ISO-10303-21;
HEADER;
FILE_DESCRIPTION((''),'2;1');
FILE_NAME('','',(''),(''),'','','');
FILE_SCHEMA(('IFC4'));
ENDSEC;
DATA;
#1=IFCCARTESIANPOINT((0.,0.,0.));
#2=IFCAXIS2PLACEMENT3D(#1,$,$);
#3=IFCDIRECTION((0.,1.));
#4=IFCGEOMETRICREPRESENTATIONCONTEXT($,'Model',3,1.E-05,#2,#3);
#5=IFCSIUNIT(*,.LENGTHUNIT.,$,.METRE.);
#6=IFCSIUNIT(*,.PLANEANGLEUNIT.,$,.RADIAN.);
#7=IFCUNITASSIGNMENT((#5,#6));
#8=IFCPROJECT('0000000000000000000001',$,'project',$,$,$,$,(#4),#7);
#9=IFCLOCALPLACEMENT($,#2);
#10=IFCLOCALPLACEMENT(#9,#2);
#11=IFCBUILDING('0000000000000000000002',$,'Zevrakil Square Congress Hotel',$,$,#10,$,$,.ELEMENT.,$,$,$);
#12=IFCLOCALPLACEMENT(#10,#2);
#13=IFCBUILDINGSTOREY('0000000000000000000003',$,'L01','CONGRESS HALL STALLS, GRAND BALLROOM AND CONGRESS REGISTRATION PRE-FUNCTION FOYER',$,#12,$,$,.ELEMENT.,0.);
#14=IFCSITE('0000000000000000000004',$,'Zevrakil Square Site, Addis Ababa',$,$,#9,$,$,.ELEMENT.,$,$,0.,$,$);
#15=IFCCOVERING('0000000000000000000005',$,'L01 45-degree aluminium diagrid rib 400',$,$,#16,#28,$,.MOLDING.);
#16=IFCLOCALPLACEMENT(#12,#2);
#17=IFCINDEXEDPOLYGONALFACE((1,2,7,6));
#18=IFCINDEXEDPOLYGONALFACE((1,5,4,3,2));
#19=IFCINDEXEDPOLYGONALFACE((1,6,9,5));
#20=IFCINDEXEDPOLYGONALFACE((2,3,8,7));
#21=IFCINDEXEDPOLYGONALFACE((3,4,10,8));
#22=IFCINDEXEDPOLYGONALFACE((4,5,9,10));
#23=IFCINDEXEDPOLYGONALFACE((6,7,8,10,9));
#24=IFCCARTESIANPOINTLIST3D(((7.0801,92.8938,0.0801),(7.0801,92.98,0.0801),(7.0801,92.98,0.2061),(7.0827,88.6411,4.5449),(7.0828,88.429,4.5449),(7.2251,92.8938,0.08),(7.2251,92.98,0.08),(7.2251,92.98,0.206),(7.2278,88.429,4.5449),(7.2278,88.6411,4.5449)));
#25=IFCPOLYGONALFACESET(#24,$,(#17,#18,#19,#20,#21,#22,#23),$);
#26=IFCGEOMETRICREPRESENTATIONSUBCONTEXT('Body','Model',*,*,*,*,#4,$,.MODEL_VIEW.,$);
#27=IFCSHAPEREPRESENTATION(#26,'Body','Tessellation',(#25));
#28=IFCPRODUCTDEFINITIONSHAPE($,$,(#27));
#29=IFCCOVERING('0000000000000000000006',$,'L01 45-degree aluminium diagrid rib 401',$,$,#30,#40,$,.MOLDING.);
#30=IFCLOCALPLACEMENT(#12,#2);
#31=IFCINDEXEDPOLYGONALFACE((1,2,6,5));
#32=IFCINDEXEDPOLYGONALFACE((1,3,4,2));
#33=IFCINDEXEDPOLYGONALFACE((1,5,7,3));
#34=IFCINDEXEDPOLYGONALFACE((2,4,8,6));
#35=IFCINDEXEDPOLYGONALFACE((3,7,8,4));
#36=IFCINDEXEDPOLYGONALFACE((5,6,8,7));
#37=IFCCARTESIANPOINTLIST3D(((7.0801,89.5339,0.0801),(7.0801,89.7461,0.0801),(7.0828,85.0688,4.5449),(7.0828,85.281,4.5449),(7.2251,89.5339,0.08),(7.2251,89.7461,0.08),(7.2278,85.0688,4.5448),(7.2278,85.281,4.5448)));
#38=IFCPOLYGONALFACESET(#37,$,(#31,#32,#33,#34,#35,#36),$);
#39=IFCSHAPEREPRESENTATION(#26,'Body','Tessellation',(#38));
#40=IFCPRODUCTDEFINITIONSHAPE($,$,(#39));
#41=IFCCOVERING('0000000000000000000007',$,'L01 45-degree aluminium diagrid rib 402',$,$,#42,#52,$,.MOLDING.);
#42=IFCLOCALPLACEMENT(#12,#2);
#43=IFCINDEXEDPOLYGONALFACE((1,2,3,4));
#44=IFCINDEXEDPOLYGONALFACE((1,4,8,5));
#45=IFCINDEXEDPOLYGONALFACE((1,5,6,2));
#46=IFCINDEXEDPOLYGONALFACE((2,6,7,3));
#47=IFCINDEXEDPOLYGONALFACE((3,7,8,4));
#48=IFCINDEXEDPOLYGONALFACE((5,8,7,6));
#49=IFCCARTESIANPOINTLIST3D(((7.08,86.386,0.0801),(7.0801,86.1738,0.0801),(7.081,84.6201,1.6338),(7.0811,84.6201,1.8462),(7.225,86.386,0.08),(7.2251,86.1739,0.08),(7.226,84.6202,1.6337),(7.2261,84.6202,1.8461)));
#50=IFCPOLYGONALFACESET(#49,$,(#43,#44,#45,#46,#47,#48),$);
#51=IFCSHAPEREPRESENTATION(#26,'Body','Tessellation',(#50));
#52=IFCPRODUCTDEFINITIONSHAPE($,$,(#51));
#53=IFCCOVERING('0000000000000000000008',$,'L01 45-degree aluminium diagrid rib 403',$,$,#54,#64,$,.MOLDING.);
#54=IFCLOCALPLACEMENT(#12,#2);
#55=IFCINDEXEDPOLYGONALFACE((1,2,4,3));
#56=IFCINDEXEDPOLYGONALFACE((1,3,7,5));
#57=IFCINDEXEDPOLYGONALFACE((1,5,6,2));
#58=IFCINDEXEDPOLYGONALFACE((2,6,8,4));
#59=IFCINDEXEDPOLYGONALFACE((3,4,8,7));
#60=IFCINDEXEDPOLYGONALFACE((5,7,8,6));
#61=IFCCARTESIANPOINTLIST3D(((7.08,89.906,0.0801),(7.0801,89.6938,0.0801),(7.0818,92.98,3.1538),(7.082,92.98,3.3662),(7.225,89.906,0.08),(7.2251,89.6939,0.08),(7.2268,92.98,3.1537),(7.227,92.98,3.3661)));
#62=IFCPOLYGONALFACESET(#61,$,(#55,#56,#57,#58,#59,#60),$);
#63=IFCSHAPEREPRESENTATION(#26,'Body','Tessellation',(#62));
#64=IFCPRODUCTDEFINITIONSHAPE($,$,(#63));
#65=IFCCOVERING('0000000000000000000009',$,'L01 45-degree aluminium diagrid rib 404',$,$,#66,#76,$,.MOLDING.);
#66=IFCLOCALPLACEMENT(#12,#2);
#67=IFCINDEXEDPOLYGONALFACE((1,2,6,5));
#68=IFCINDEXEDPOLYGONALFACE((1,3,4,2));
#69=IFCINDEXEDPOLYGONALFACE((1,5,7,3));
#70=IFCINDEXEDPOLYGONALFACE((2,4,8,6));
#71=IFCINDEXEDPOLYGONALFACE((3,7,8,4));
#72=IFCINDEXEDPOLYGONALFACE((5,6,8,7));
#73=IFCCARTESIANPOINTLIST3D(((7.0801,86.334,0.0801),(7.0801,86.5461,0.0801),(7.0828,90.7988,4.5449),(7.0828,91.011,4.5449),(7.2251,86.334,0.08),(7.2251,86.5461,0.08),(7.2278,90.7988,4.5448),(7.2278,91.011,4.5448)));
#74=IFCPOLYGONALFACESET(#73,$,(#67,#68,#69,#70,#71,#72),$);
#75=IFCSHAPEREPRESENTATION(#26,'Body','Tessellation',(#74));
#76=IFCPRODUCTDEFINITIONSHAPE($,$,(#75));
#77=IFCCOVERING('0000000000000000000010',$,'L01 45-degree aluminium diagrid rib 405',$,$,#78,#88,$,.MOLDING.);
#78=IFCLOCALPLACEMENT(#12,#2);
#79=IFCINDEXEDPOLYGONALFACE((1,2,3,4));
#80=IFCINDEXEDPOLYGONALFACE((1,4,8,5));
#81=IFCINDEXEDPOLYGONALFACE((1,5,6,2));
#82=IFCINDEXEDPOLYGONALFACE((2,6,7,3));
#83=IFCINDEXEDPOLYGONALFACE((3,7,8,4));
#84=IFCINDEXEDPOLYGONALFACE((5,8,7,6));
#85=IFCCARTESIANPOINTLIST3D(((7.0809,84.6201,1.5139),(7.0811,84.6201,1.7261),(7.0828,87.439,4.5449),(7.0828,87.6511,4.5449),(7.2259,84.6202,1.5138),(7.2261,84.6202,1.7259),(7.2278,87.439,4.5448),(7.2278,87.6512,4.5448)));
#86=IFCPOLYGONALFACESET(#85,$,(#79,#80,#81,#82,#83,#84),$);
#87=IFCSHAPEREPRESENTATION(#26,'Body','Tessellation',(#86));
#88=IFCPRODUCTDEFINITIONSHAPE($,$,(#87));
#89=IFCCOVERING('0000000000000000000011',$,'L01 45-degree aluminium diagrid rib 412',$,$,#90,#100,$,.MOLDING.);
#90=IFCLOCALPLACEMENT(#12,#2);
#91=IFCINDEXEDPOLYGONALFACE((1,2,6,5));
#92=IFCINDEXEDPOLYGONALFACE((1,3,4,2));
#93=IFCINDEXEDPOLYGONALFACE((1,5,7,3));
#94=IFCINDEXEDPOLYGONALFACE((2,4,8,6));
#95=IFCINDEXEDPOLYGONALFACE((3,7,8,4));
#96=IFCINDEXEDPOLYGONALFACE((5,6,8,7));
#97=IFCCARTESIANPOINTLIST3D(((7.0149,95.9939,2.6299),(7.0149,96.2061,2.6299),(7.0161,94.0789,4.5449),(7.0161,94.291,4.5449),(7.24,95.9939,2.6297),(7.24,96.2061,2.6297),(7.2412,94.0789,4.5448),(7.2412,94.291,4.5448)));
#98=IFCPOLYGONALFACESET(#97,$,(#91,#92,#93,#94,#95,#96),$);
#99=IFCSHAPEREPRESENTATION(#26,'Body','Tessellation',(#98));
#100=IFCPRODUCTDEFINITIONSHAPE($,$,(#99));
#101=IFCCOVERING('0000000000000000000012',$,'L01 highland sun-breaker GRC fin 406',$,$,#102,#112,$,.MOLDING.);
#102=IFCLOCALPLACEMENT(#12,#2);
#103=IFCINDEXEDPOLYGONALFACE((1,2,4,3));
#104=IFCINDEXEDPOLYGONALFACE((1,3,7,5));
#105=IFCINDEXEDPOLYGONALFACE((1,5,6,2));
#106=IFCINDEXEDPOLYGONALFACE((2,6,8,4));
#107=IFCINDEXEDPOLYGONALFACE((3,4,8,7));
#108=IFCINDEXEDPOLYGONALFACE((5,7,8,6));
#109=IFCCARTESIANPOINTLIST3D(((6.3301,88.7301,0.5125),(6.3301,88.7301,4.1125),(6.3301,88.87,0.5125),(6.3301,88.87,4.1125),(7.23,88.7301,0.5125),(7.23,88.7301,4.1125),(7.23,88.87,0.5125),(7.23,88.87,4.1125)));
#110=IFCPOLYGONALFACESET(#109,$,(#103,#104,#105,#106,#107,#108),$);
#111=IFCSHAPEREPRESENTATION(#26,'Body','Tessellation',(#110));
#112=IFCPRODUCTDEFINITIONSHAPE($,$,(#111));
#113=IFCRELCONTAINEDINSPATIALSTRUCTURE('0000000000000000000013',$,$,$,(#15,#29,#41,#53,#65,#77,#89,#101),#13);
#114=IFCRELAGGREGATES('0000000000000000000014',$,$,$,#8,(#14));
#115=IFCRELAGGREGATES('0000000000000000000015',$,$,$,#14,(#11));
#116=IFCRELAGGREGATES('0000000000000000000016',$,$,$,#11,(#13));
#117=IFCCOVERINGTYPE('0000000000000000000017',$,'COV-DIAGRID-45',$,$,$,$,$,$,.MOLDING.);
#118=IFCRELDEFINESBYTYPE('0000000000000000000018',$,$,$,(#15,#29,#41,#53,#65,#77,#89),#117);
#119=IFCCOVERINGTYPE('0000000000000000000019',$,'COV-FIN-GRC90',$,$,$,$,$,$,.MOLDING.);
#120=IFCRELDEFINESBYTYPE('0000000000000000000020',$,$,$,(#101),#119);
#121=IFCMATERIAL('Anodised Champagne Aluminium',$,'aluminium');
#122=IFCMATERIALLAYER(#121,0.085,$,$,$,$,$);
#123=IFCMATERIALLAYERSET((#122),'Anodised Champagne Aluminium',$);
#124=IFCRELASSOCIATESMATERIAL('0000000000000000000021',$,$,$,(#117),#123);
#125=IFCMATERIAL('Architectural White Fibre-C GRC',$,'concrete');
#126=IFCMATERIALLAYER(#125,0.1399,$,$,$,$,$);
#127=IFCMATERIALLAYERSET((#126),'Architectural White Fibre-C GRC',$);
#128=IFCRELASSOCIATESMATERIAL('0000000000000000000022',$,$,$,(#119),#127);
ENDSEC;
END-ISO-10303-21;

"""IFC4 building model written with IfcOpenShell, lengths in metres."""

from ifc_helpers import new_model, si_unit, direction, frame, origin, origin_2d, place, context, subcontext, project, spatial, polyline, rectangle, outline, extrude, material, layer, layer_set, type_object, element, save


model = new_model("IFC4")

# Units and contexts
model_context = context("Model", 3, precision=1e-05, world=origin(), true_north=direction((0.0, 1.0)))
body_context = subcontext(model_context, "Body", "Model", "MODEL_VIEW")
ifc_project = project(units=[si_unit("LENGTHUNIT", "METRE"), si_unit("PLANEANGLEUNIT", "RADIAN")], contexts=[model_context])

# Site, building, storey
site_placement = place(None, origin())
site = spatial("IfcSite", under=ifc_project, at=site_placement, Name="Zevrakil Square Site, Addis Ababa", CompositionType="ELEMENT", RefElevation=0.0)
building_placement = place(site_placement, origin())
building = spatial("IfcBuilding", under=site, at=building_placement, Name="Zevrakil Square Congress Hotel", CompositionType="ELEMENT")
storey_placement = place(building_placement, origin())
storey = spatial("IfcBuildingStorey", under=building, at=storey_placement, Name="L01", Description="CONGRESS HALL STALLS, GRAND BALLROOM AND CONGRESS REGISTRATION PRE-FUNCTION FOYER", CompositionType="ELEMENT", Elevation=0.0)

# Coverings
ifc_material_1 = material(Name="Anodised Champagne Aluminium", Category="aluminium")
ifc_layer_1 = layer(ifc_material_1, 0.085)
ifc_layer_set_1 = layer_set([ifc_layer_1], Name="Anodised Champagne Aluminium")
covering_type_1 = type_object("IfcCoveringType", Name="COV-DIAGRID-45", PredefinedType="MOLDING", material=ifc_layer_set_1)
covering_1_placement = place(storey_placement, frame((7.0801, 92.8938, 0.0801), z_axis=(-1.0, -0.00018, 0.000426), x_axis=(-0.00018, 1.0, 0.0)))
element("IfcCovering", 1, at=covering_1_placement, inside=storey, type_object=covering_type_1, Name="L01 45-degree aluminium diagrid rib 400", PredefinedType="MOLDING", context=body_context, shape_type="SweptSolid", body=[
    extrude(outline(polyline([(0.0, 0.0), (0.0862, 0.0), (0.0862, -0.126), (-4.2527, -4.4648), (-4.4648, -4.4648), (0.0, 0.0)])), origin(), (0.0, 0.0, -1.0), 0.145),
])
covering_2_placement = place(storey_placement, frame((7.0801, 89.5339, 0.0801), z_axis=(-1.0, 0.0, 0.000601), x_axis=(0.0, 1.0, 0.0)))
element("IfcCovering", 2, at=covering_2_placement, inside=storey, type_object=covering_type_1, Name="L01 45-degree aluminium diagrid rib 401", PredefinedType="MOLDING", context=body_context, shape_type="SweptSolid", body=[
    extrude(outline(polyline([(0.0, 0.0), (0.2122, 0.0), (-4.2529, -4.4648), (-4.4651, -4.4648), (0.0, 0.0)])), origin(), (0.0, 0.0, -1.0), 0.145),
])
covering_3_placement = place(storey_placement, frame((7.0801, 86.1738, 0.0801), z_axis=(-1.0, -0.000294, 0.000294), x_axis=(-0.000294, 1.0, 0.0)))
element("IfcCovering", 3, at=covering_3_placement, inside=storey, type_object=covering_type_1, Name="L01 45-degree aluminium diagrid rib 402", PredefinedType="MOLDING", context=body_context, shape_type="SweptSolid", body=[
    extrude(outline(polyline([(0.0, 0.0), (0.2122, 0.0), (-1.5537, -1.7661), (-1.5537, -1.5537), (0.0, 0.0)])), origin(), (0.0, 0.0, -1.0), 0.145),
])
covering_4_placement = place(storey_placement, frame((7.0818, 92.98, 3.1538), z_axis=(-1.0, -0.000287, 0.000863), x_axis=(0.000863, 0.0, 1.0)))
element("IfcCovering", 4, at=covering_4_placement, inside=storey, type_object=covering_type_1, Name="L01 45-degree aluminium diagrid rib 403", PredefinedType="MOLDING", context=body_context, shape_type="SweptSolid", body=[
    extrude(outline(polyline([(0.0, 0.0), (0.2124, 0.0), (-3.0737, -3.2861), (-3.0737, -3.074), (0.0, 0.0)])), origin(), (0.0, 0.0, -1.0), 0.145),
])
covering_5_placement = place(storey_placement, frame((7.0828, 91.011, 4.5449), z_axis=(-1.0, 0.0, 0.000601), x_axis=(0.0, -1.0, 0.0)))
element("IfcCovering", 5, at=covering_5_placement, inside=storey, type_object=covering_type_1, Name="L01 45-degree aluminium diagrid rib 404", PredefinedType="MOLDING", context=body_context, shape_type="SweptSolid", body=[
    extrude(outline(polyline([(0.0, 0.0), (0.2122, 0.0), (4.677, -4.4648), (4.4648, -4.4648), (0.0, 0.0)])), origin(), (0.0, 0.0, -1.0), 0.145),
])
covering_6_placement = place(storey_placement, frame((7.0828, 87.6511, 4.5449), z_axis=(-1.0, -0.000262, 0.000888), x_axis=(0.000262, -1.0, 0.0)))
element("IfcCovering", 6, at=covering_6_placement, inside=storey, type_object=covering_type_1, Name="L01 45-degree aluminium diagrid rib 405", PredefinedType="MOLDING", context=body_context, shape_type="SweptSolid", body=[
    extrude(outline(polyline([(0.0, 0.0), (0.2122, 0.0), (3.031, -2.8188), (3.031, -3.031), (0.0, 0.0)])), origin(), (0.0, 0.0, -1.0), 0.145),
])
covering_7_placement = place(storey_placement, frame((7.0149, 95.9939, 2.6299), z_axis=(-1.0, 0.0, 0.000637), x_axis=(0.0, 1.0, 0.0)))
element("IfcCovering", 7, at=covering_7_placement, inside=storey, type_object=covering_type_1, Name="L01 45-degree aluminium diagrid rib 412", PredefinedType="MOLDING", context=body_context, shape_type="SweptSolid", body=[
    extrude(outline(polyline([(0.0, 0.0), (0.2122, 0.0), (-1.7029, -1.915), (-1.915, -1.915), (0.0, 0.0)])), origin(), (0.0, 0.0, -1.0), 0.2251),
])
ifc_material_2 = material(Name="Architectural White Fibre-C GRC", Category="concrete")
ifc_layer_2 = layer(ifc_material_2, 0.1399)
ifc_layer_set_2 = layer_set([ifc_layer_2], Name="Architectural White Fibre-C GRC")
covering_type_2 = type_object("IfcCoveringType", Name="COV-FIN-GRC90", PredefinedType="MOLDING", material=ifc_layer_set_2)
covering_8_placement = place(storey_placement, frame((6.78, 88.8, 0.5125), z_axis=(0.0, 0.0, 1.0), x_axis=(-1.0, 0.0, 0.0)))
element("IfcCovering", 8, at=covering_8_placement, inside=storey, type_object=covering_type_2, Name="L01 highland sun-breaker GRC fin 406", PredefinedType="MOLDING", context=body_context, shape_type="SweptSolid", body=[
    extrude(rectangle(XDim=0.8999, YDim=0.1399, at=origin_2d()), origin(), (0.0, 0.0, 1.0), 3.6001),
])

save(model, "model.ifc")
